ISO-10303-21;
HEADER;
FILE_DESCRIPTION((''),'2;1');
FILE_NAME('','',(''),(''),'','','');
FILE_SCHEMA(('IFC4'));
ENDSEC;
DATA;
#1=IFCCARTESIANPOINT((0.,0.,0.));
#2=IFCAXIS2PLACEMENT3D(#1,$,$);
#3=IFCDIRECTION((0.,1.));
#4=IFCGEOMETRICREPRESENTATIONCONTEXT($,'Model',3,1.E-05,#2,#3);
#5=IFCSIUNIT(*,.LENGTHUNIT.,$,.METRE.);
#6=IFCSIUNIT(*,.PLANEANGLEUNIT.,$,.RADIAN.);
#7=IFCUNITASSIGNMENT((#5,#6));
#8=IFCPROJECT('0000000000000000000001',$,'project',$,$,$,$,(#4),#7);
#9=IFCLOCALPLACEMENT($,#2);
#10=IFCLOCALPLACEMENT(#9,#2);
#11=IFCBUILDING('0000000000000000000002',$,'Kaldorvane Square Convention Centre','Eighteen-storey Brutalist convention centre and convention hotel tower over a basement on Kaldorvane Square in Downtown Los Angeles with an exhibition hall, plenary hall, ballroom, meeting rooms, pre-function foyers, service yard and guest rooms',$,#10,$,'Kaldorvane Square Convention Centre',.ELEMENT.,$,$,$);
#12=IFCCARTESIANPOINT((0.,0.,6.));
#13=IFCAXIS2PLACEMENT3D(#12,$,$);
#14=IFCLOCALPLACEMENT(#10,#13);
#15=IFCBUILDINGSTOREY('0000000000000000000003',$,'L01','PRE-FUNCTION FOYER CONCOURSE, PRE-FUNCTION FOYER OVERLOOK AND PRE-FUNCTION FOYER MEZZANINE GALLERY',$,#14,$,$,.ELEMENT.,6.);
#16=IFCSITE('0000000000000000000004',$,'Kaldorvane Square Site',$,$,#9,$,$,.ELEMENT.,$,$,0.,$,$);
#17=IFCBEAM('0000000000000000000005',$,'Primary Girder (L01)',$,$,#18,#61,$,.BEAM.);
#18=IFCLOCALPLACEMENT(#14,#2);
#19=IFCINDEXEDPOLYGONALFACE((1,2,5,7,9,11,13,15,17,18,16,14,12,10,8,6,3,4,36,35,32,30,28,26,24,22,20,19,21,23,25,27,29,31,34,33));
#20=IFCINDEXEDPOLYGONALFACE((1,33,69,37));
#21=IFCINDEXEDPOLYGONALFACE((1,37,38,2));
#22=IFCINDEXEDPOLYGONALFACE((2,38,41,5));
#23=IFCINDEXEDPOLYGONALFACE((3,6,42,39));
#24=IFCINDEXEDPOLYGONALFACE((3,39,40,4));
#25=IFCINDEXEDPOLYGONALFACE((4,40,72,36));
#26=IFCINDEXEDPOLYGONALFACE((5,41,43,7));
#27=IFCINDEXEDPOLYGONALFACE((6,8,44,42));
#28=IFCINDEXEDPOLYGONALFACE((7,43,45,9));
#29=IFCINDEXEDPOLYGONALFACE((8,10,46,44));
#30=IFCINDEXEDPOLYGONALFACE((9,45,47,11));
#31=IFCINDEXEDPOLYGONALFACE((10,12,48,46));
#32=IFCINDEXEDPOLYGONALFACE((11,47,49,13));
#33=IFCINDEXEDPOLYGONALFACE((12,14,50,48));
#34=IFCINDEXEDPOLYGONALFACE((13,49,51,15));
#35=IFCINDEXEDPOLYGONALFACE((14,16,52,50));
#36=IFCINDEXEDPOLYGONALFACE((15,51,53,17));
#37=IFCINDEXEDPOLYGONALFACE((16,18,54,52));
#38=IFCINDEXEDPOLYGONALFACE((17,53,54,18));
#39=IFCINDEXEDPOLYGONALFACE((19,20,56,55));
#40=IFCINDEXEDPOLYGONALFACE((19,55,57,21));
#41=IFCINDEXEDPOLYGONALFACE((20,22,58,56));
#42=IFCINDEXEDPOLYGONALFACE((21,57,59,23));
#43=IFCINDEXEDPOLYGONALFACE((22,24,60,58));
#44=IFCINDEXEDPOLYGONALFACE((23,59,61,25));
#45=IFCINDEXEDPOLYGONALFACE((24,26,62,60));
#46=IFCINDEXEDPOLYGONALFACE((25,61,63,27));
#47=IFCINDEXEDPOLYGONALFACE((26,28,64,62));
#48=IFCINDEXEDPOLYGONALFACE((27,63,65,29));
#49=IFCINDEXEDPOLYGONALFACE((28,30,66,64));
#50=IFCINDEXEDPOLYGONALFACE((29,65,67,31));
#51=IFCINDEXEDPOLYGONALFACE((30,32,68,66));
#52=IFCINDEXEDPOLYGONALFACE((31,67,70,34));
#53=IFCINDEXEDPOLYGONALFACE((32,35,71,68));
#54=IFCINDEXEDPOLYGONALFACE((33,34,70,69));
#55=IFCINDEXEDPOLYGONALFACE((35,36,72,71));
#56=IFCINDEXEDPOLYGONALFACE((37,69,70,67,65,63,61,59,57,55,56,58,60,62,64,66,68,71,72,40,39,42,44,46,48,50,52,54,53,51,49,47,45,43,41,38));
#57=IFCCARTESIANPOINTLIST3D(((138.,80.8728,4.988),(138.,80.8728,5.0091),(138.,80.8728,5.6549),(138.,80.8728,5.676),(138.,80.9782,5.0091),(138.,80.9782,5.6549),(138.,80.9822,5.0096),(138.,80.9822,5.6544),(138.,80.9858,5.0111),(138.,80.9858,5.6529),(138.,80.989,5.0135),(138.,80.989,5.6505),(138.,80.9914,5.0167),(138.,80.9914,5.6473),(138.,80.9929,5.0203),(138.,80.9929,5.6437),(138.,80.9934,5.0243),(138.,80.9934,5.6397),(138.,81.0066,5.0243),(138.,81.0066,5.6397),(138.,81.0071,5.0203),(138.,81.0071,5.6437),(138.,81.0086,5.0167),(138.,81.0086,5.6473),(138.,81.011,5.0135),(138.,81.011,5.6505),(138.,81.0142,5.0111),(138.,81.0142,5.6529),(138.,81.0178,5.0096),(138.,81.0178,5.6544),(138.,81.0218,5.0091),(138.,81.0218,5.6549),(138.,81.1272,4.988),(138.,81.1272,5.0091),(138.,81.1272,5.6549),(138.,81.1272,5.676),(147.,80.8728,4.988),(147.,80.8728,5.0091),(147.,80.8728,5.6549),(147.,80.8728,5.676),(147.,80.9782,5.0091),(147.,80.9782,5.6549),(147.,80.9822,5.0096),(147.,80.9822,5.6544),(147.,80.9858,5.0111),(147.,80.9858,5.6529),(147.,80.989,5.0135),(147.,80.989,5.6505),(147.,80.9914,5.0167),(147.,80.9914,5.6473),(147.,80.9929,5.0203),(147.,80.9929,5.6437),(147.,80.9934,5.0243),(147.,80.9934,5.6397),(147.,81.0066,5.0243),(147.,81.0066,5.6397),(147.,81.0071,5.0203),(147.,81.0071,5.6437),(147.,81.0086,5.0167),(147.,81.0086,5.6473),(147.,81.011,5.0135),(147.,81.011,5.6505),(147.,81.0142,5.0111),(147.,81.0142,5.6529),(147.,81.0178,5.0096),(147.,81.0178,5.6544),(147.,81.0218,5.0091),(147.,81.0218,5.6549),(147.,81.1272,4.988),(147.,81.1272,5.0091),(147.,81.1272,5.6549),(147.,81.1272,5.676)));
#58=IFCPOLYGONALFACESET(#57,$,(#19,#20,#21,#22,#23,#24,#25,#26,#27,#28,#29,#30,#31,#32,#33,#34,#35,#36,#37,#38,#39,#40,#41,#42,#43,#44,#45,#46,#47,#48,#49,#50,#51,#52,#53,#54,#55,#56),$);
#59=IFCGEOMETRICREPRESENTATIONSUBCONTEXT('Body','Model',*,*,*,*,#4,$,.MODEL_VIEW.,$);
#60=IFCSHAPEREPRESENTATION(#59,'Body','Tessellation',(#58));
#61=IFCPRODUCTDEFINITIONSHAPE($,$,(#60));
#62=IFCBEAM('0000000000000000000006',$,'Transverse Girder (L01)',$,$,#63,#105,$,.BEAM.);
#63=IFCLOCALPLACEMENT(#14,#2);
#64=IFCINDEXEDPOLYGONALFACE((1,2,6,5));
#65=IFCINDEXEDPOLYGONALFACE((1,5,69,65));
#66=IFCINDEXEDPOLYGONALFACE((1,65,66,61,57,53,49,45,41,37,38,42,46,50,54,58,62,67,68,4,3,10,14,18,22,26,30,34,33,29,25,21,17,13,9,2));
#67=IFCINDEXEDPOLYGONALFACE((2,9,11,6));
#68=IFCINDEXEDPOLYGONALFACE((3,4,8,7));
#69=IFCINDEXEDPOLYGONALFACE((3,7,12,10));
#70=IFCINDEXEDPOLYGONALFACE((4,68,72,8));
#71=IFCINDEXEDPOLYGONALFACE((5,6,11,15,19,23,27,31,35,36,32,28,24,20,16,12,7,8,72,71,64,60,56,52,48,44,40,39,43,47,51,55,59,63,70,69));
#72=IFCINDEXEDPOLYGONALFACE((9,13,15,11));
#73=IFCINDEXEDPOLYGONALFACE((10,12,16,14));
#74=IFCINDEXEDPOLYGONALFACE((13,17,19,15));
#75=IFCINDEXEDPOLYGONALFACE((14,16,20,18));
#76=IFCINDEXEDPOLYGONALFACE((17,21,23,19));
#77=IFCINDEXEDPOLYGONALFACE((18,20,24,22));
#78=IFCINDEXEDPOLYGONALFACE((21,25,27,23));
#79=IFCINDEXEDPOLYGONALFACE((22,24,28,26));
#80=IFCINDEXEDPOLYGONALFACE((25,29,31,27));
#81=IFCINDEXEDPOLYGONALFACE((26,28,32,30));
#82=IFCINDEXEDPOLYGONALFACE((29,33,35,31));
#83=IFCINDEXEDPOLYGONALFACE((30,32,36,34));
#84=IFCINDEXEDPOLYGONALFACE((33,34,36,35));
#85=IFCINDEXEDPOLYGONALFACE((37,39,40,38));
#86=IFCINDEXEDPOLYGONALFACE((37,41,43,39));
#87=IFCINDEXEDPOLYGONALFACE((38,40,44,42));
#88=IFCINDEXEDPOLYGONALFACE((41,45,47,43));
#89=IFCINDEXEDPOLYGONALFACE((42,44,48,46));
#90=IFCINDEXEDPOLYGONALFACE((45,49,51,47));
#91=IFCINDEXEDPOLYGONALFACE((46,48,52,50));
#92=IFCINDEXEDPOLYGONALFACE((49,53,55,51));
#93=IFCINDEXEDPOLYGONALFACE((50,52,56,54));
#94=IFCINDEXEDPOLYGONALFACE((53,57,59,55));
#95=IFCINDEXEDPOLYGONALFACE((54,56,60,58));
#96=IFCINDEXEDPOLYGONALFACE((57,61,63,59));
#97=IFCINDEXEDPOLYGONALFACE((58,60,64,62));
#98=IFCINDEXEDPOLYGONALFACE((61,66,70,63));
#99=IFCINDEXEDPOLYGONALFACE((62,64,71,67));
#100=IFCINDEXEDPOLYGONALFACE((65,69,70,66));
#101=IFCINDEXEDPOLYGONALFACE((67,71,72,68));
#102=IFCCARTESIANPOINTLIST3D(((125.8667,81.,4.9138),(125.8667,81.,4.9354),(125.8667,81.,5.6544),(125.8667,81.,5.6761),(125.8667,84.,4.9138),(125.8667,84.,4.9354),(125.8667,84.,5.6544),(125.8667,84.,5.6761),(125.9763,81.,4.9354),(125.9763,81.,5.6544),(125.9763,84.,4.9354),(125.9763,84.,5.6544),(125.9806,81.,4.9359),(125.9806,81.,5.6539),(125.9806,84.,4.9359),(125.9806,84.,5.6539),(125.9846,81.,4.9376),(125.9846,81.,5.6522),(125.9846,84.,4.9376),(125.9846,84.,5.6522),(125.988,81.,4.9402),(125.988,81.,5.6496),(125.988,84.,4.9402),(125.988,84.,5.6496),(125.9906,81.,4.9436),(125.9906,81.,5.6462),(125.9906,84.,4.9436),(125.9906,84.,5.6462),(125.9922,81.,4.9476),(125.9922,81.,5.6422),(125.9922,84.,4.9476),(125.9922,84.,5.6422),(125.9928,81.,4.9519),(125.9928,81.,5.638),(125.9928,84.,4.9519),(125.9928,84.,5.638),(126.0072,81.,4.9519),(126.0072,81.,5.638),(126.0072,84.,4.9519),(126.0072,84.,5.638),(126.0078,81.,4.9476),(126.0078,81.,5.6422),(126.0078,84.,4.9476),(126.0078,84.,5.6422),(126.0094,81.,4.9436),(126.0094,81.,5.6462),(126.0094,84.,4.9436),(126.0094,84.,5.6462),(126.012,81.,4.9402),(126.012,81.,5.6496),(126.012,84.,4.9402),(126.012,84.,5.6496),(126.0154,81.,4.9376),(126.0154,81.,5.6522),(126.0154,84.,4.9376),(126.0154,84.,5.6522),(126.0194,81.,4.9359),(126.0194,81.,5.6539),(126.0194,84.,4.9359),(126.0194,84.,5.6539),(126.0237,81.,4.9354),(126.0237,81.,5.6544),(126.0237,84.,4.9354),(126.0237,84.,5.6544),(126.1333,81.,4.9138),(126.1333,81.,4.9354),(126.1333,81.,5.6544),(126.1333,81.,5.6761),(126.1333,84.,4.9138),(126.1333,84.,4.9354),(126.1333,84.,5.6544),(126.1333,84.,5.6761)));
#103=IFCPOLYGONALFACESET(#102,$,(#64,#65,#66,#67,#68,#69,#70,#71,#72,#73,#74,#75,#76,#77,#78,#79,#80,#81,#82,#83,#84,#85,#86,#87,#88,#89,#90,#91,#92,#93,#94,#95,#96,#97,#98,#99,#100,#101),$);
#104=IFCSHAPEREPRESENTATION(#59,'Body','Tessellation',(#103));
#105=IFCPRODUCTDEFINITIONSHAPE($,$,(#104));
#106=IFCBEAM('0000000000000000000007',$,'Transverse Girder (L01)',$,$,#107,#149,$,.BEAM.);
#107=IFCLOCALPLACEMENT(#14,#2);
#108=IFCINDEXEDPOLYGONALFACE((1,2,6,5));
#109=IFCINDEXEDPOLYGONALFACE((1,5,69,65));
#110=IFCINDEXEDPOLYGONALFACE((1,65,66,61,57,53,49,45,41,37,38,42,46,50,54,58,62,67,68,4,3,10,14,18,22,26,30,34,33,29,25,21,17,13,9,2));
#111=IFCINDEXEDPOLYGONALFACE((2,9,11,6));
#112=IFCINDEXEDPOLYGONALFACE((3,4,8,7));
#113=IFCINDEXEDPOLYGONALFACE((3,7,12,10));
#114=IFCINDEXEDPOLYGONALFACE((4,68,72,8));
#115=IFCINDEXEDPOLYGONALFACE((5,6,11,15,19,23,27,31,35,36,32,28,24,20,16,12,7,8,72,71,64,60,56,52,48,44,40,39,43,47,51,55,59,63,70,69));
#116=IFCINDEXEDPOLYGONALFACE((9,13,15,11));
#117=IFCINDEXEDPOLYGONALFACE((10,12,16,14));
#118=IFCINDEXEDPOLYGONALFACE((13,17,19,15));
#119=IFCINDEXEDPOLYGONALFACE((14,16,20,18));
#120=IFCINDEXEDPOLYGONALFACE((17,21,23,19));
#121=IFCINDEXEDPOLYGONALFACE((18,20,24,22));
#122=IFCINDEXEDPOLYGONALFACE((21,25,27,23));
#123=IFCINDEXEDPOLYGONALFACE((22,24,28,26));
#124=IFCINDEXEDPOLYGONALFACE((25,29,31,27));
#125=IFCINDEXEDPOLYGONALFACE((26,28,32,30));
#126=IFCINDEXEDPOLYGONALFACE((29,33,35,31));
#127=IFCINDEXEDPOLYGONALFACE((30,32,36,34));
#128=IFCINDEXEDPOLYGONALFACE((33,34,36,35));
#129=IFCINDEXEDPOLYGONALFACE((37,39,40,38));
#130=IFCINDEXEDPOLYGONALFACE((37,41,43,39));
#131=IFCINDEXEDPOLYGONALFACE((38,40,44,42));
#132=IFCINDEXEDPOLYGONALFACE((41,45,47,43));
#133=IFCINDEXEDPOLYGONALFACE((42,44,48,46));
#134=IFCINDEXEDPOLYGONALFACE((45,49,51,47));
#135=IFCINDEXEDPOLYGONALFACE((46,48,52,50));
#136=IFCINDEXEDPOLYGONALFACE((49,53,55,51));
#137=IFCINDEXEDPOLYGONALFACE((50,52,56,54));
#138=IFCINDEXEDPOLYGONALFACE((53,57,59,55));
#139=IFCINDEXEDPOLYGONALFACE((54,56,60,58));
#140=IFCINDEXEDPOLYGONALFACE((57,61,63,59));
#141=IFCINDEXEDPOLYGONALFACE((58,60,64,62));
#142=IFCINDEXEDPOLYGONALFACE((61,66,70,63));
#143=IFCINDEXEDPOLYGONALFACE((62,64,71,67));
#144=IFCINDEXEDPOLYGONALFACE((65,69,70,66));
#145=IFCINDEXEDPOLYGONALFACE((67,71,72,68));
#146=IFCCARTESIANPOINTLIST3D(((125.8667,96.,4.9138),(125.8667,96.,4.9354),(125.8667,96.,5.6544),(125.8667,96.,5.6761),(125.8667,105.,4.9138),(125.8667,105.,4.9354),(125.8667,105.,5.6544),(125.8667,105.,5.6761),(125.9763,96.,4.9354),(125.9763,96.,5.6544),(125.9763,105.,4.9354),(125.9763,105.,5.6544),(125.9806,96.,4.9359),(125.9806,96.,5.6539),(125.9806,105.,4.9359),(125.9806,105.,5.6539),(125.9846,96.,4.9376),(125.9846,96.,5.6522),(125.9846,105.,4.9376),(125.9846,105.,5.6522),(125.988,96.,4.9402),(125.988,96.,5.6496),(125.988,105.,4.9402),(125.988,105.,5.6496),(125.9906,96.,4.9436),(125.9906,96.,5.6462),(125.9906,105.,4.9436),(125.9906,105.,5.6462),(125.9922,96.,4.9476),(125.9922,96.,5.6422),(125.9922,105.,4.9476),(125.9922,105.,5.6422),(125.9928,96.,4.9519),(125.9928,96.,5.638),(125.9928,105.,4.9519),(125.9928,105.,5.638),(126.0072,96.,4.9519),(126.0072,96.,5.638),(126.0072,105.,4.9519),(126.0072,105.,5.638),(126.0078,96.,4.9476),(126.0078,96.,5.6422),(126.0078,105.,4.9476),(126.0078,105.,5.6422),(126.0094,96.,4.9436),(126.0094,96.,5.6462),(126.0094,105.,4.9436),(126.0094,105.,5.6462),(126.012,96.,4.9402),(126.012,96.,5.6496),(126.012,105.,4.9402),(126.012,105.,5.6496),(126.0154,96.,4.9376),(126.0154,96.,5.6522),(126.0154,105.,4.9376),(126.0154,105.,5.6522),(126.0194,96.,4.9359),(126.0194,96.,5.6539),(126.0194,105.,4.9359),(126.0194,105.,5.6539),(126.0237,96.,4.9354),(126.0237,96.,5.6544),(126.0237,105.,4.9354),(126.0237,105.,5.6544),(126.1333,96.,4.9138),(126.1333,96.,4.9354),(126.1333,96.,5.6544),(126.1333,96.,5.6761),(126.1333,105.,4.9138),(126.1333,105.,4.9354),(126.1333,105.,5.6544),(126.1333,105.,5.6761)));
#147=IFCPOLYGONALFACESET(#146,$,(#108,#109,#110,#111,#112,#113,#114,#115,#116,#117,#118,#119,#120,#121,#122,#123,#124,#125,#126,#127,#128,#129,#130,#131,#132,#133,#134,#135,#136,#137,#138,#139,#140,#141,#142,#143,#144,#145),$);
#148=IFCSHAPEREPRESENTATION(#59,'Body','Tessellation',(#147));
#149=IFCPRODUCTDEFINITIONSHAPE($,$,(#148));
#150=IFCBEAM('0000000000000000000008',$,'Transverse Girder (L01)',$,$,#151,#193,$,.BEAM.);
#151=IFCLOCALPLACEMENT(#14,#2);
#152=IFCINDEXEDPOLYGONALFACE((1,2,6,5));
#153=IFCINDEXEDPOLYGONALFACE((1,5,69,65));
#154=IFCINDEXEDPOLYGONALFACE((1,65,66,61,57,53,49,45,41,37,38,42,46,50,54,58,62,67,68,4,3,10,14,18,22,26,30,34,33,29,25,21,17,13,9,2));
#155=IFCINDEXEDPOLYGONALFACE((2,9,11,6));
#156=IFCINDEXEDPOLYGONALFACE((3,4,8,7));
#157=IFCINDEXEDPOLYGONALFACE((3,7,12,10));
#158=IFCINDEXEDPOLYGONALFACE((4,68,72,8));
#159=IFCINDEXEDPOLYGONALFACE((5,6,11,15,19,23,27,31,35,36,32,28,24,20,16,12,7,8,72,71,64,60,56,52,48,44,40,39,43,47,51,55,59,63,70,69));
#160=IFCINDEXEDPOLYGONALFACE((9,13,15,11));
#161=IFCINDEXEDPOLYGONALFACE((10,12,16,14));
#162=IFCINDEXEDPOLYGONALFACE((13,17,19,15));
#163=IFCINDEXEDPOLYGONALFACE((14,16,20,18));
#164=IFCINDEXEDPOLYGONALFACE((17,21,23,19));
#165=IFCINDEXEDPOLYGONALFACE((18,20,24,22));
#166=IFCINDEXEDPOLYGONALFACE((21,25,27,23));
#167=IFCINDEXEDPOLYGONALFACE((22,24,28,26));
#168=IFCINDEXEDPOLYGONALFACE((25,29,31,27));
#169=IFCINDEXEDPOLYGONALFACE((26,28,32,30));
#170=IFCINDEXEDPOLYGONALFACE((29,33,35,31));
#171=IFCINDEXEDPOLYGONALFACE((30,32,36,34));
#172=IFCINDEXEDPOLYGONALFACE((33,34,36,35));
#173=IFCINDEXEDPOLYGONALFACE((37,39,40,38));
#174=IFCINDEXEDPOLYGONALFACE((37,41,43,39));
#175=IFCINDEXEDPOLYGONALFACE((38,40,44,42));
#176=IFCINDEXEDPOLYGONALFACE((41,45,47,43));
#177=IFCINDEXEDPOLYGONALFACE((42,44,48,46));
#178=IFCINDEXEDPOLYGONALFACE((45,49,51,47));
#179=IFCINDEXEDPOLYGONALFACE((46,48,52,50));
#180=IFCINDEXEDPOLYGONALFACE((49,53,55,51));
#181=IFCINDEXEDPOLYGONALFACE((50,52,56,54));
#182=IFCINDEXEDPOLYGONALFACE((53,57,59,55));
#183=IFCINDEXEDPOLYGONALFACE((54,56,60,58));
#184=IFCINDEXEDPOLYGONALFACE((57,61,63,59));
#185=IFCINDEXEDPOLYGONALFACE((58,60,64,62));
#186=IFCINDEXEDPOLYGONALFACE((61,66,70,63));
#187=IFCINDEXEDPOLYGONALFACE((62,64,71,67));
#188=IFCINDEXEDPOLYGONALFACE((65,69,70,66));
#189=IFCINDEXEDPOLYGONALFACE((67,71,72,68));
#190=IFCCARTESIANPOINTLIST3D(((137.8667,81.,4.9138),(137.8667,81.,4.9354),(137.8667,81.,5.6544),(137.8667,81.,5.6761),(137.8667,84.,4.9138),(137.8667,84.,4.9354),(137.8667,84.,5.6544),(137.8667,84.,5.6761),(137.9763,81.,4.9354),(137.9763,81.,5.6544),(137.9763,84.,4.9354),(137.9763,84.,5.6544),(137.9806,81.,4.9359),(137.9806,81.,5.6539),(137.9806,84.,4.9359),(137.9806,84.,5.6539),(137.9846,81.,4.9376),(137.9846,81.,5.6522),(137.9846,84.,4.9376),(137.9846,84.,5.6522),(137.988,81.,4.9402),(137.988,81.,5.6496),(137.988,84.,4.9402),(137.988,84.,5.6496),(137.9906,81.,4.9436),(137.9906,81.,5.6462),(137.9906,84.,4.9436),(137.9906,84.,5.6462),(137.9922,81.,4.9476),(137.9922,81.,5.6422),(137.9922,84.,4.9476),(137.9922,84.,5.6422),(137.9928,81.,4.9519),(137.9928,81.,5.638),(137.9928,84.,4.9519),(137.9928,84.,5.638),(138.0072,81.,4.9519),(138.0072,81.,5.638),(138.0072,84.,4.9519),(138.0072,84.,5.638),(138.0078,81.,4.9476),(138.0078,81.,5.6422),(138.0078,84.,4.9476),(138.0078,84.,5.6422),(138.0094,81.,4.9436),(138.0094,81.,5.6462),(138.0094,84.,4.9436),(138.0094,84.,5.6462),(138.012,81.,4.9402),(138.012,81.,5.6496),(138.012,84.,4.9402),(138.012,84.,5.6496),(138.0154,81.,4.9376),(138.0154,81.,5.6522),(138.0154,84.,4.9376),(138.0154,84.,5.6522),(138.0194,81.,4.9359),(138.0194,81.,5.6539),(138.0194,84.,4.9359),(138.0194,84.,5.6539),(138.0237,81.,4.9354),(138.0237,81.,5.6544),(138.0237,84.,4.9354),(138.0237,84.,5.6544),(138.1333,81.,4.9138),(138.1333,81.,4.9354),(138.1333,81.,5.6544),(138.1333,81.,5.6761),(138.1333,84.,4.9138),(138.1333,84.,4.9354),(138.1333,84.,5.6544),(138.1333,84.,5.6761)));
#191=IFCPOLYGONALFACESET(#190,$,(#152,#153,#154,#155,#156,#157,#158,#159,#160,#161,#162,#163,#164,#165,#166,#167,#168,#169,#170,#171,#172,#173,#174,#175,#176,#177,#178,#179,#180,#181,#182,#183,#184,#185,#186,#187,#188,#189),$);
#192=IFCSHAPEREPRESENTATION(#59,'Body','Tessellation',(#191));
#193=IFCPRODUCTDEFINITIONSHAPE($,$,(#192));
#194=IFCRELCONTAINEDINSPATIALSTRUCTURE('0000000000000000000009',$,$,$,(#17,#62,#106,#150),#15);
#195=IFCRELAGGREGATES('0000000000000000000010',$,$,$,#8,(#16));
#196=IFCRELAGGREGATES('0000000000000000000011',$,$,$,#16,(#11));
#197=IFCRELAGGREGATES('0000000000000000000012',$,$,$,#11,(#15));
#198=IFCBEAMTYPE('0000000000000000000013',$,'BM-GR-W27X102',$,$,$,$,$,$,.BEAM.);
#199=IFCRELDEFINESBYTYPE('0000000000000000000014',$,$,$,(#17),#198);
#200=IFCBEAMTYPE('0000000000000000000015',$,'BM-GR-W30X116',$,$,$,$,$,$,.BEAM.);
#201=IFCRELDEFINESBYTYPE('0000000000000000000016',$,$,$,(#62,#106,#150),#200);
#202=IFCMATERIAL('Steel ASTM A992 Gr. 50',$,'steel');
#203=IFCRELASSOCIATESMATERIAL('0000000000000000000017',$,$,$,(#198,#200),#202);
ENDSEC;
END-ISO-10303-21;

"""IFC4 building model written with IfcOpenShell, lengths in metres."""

from ifc_helpers import new_model, si_unit, direction, frame, origin, origin_2d, place, context, subcontext, project, spatial, i_section, extrude, material, material_profile, profile_set, type_object, element, save


model = new_model("IFC4")

# Units and contexts
model_context = context("Model", 3, precision=1e-05, world=origin(), true_north=direction((0.0, 1.0)))
body_context = subcontext(model_context, "Body", "Model", "MODEL_VIEW")
ifc_project = project(units=[si_unit("LENGTHUNIT", "METRE"), si_unit("PLANEANGLEUNIT", "RADIAN")], contexts=[model_context])

# Site, building, storey
site_placement = place(None, origin())
site = spatial("IfcSite", under=ifc_project, at=site_placement, Name="Kaldorvane Square Site", CompositionType="ELEMENT", RefElevation=0.0)
building_placement = place(site_placement, origin())
building = spatial("IfcBuilding", under=site, at=building_placement, Name="Kaldorvane Square Convention Centre", Description="Eighteen-storey Brutalist convention centre and convention hotel tower over a basement on Kaldorvane Square in Downtown Los Angeles with an exhibition hall, plenary hall, ballroom, meeting rooms, pre-function foyers, service yard and guest rooms", LongName="Kaldorvane Square Convention Centre", CompositionType="ELEMENT")
storey_placement = place(building_placement, frame((0.0, 0.0, 6.0)))
storey = spatial("IfcBuildingStorey", under=building, at=storey_placement, Name="L01", Description="PRE-FUNCTION FOYER CONCOURSE, PRE-FUNCTION FOYER OVERLOOK AND PRE-FUNCTION FOYER MEZZANINE GALLERY", CompositionType="ELEMENT", Elevation=6.0)

# Shared definitions
ifc_material_1 = material(Name="Steel ASTM A992 Gr. 50", Category="steel")

# Beams
ifc_material_profile_1 = material_profile(ifc_material_1, i_section(OverallWidth=0.2544, OverallDepth=0.6881, WebThickness=0.0131, FlangeThickness=0.0211, FilletRadius=0.0152, at=origin_2d()), Name="W27X102")
ifc_profile_set_1 = profile_set([ifc_material_profile_1], Name="Steel ASTM A992 Gr. 50")
beam_type_1 = type_object("IfcBeamType", Name="BM-GR-W27X102", PredefinedType="BEAM", material=ifc_profile_set_1)
beam_1_placement = place(storey_placement, frame((138.0, 81.0, 5.332), z_axis=(1.0, 0.0, 0.0), x_axis=(0.0, 1.0, 0.0)))
element("IfcBeam", 1, at=beam_1_placement, inside=storey, type_object=beam_type_1, Name="Primary Girder (L01)", PredefinedType="BEAM", context=body_context, shape_type="SweptSolid", body=[
    extrude(i_section(OverallWidth=0.2544, OverallDepth=0.6881, WebThickness=0.0131, FlangeThickness=0.0211, FilletRadius=0.0152, at=origin_2d()), origin(), (0.0, 0.0, 1.0), 9.0),
])
ifc_material_profile_2 = material_profile(ifc_material_1, i_section(OverallWidth=0.2666, OverallDepth=0.7623, WebThickness=0.0144, FlangeThickness=0.0216, FilletRadius=0.0165, at=origin_2d()), Name="W30X116")
ifc_profile_set_2 = profile_set([ifc_material_profile_2], Name="Steel ASTM A992 Gr. 50")
beam_type_2 = type_object("IfcBeamType", Name="BM-GR-W30X116", PredefinedType="BEAM", material=ifc_profile_set_2)
beam_2_placement = place(storey_placement, frame((126.0, 81.0, 5.2949), z_axis=(0.0, 1.0, 0.0), x_axis=(-1.0, 0.0, 0.0)))
element("IfcBeam", 2, at=beam_2_placement, inside=storey, type_object=beam_type_2, Name="Transverse Girder (L01)", PredefinedType="BEAM", context=body_context, shape_type="SweptSolid", body=[
    extrude(i_section(OverallWidth=0.2666, OverallDepth=0.7623, WebThickness=0.0144, FlangeThickness=0.0216, FilletRadius=0.0165, at=origin_2d()), origin(), (0.0, 0.0, 1.0), 3.0),
])
beam_3_placement = place(storey_placement, frame((126.0, 96.0, 5.2949), z_axis=(0.0, 1.0, 0.0), x_axis=(-1.0, 0.0, 0.0)))
element("IfcBeam", 3, at=beam_3_placement, inside=storey, type_object=beam_type_2, Name="Transverse Girder (L01)", PredefinedType="BEAM", context=body_context, shape_type="SweptSolid", body=[
    extrude(i_section(OverallWidth=0.2666, OverallDepth=0.7623, WebThickness=0.0144, FlangeThickness=0.0216, FilletRadius=0.0165, at=origin_2d()), origin(), (0.0, 0.0, 1.0), 9.0),
])
beam_4_placement = place(storey_placement, frame((138.0, 81.0, 5.2949), z_axis=(0.0, 1.0, 0.0), x_axis=(-1.0, 0.0, 0.0)))
element("IfcBeam", 4, at=beam_4_placement, inside=storey, type_object=beam_type_2, Name="Transverse Girder (L01)", PredefinedType="BEAM", context=body_context, shape_type="SweptSolid", body=[
    extrude(i_section(OverallWidth=0.2666, OverallDepth=0.7623, WebThickness=0.0144, FlangeThickness=0.0216, FilletRadius=0.0165, at=origin_2d()), origin(), (0.0, 0.0, 1.0), 3.0),
])

save(model, "model.ifc")
